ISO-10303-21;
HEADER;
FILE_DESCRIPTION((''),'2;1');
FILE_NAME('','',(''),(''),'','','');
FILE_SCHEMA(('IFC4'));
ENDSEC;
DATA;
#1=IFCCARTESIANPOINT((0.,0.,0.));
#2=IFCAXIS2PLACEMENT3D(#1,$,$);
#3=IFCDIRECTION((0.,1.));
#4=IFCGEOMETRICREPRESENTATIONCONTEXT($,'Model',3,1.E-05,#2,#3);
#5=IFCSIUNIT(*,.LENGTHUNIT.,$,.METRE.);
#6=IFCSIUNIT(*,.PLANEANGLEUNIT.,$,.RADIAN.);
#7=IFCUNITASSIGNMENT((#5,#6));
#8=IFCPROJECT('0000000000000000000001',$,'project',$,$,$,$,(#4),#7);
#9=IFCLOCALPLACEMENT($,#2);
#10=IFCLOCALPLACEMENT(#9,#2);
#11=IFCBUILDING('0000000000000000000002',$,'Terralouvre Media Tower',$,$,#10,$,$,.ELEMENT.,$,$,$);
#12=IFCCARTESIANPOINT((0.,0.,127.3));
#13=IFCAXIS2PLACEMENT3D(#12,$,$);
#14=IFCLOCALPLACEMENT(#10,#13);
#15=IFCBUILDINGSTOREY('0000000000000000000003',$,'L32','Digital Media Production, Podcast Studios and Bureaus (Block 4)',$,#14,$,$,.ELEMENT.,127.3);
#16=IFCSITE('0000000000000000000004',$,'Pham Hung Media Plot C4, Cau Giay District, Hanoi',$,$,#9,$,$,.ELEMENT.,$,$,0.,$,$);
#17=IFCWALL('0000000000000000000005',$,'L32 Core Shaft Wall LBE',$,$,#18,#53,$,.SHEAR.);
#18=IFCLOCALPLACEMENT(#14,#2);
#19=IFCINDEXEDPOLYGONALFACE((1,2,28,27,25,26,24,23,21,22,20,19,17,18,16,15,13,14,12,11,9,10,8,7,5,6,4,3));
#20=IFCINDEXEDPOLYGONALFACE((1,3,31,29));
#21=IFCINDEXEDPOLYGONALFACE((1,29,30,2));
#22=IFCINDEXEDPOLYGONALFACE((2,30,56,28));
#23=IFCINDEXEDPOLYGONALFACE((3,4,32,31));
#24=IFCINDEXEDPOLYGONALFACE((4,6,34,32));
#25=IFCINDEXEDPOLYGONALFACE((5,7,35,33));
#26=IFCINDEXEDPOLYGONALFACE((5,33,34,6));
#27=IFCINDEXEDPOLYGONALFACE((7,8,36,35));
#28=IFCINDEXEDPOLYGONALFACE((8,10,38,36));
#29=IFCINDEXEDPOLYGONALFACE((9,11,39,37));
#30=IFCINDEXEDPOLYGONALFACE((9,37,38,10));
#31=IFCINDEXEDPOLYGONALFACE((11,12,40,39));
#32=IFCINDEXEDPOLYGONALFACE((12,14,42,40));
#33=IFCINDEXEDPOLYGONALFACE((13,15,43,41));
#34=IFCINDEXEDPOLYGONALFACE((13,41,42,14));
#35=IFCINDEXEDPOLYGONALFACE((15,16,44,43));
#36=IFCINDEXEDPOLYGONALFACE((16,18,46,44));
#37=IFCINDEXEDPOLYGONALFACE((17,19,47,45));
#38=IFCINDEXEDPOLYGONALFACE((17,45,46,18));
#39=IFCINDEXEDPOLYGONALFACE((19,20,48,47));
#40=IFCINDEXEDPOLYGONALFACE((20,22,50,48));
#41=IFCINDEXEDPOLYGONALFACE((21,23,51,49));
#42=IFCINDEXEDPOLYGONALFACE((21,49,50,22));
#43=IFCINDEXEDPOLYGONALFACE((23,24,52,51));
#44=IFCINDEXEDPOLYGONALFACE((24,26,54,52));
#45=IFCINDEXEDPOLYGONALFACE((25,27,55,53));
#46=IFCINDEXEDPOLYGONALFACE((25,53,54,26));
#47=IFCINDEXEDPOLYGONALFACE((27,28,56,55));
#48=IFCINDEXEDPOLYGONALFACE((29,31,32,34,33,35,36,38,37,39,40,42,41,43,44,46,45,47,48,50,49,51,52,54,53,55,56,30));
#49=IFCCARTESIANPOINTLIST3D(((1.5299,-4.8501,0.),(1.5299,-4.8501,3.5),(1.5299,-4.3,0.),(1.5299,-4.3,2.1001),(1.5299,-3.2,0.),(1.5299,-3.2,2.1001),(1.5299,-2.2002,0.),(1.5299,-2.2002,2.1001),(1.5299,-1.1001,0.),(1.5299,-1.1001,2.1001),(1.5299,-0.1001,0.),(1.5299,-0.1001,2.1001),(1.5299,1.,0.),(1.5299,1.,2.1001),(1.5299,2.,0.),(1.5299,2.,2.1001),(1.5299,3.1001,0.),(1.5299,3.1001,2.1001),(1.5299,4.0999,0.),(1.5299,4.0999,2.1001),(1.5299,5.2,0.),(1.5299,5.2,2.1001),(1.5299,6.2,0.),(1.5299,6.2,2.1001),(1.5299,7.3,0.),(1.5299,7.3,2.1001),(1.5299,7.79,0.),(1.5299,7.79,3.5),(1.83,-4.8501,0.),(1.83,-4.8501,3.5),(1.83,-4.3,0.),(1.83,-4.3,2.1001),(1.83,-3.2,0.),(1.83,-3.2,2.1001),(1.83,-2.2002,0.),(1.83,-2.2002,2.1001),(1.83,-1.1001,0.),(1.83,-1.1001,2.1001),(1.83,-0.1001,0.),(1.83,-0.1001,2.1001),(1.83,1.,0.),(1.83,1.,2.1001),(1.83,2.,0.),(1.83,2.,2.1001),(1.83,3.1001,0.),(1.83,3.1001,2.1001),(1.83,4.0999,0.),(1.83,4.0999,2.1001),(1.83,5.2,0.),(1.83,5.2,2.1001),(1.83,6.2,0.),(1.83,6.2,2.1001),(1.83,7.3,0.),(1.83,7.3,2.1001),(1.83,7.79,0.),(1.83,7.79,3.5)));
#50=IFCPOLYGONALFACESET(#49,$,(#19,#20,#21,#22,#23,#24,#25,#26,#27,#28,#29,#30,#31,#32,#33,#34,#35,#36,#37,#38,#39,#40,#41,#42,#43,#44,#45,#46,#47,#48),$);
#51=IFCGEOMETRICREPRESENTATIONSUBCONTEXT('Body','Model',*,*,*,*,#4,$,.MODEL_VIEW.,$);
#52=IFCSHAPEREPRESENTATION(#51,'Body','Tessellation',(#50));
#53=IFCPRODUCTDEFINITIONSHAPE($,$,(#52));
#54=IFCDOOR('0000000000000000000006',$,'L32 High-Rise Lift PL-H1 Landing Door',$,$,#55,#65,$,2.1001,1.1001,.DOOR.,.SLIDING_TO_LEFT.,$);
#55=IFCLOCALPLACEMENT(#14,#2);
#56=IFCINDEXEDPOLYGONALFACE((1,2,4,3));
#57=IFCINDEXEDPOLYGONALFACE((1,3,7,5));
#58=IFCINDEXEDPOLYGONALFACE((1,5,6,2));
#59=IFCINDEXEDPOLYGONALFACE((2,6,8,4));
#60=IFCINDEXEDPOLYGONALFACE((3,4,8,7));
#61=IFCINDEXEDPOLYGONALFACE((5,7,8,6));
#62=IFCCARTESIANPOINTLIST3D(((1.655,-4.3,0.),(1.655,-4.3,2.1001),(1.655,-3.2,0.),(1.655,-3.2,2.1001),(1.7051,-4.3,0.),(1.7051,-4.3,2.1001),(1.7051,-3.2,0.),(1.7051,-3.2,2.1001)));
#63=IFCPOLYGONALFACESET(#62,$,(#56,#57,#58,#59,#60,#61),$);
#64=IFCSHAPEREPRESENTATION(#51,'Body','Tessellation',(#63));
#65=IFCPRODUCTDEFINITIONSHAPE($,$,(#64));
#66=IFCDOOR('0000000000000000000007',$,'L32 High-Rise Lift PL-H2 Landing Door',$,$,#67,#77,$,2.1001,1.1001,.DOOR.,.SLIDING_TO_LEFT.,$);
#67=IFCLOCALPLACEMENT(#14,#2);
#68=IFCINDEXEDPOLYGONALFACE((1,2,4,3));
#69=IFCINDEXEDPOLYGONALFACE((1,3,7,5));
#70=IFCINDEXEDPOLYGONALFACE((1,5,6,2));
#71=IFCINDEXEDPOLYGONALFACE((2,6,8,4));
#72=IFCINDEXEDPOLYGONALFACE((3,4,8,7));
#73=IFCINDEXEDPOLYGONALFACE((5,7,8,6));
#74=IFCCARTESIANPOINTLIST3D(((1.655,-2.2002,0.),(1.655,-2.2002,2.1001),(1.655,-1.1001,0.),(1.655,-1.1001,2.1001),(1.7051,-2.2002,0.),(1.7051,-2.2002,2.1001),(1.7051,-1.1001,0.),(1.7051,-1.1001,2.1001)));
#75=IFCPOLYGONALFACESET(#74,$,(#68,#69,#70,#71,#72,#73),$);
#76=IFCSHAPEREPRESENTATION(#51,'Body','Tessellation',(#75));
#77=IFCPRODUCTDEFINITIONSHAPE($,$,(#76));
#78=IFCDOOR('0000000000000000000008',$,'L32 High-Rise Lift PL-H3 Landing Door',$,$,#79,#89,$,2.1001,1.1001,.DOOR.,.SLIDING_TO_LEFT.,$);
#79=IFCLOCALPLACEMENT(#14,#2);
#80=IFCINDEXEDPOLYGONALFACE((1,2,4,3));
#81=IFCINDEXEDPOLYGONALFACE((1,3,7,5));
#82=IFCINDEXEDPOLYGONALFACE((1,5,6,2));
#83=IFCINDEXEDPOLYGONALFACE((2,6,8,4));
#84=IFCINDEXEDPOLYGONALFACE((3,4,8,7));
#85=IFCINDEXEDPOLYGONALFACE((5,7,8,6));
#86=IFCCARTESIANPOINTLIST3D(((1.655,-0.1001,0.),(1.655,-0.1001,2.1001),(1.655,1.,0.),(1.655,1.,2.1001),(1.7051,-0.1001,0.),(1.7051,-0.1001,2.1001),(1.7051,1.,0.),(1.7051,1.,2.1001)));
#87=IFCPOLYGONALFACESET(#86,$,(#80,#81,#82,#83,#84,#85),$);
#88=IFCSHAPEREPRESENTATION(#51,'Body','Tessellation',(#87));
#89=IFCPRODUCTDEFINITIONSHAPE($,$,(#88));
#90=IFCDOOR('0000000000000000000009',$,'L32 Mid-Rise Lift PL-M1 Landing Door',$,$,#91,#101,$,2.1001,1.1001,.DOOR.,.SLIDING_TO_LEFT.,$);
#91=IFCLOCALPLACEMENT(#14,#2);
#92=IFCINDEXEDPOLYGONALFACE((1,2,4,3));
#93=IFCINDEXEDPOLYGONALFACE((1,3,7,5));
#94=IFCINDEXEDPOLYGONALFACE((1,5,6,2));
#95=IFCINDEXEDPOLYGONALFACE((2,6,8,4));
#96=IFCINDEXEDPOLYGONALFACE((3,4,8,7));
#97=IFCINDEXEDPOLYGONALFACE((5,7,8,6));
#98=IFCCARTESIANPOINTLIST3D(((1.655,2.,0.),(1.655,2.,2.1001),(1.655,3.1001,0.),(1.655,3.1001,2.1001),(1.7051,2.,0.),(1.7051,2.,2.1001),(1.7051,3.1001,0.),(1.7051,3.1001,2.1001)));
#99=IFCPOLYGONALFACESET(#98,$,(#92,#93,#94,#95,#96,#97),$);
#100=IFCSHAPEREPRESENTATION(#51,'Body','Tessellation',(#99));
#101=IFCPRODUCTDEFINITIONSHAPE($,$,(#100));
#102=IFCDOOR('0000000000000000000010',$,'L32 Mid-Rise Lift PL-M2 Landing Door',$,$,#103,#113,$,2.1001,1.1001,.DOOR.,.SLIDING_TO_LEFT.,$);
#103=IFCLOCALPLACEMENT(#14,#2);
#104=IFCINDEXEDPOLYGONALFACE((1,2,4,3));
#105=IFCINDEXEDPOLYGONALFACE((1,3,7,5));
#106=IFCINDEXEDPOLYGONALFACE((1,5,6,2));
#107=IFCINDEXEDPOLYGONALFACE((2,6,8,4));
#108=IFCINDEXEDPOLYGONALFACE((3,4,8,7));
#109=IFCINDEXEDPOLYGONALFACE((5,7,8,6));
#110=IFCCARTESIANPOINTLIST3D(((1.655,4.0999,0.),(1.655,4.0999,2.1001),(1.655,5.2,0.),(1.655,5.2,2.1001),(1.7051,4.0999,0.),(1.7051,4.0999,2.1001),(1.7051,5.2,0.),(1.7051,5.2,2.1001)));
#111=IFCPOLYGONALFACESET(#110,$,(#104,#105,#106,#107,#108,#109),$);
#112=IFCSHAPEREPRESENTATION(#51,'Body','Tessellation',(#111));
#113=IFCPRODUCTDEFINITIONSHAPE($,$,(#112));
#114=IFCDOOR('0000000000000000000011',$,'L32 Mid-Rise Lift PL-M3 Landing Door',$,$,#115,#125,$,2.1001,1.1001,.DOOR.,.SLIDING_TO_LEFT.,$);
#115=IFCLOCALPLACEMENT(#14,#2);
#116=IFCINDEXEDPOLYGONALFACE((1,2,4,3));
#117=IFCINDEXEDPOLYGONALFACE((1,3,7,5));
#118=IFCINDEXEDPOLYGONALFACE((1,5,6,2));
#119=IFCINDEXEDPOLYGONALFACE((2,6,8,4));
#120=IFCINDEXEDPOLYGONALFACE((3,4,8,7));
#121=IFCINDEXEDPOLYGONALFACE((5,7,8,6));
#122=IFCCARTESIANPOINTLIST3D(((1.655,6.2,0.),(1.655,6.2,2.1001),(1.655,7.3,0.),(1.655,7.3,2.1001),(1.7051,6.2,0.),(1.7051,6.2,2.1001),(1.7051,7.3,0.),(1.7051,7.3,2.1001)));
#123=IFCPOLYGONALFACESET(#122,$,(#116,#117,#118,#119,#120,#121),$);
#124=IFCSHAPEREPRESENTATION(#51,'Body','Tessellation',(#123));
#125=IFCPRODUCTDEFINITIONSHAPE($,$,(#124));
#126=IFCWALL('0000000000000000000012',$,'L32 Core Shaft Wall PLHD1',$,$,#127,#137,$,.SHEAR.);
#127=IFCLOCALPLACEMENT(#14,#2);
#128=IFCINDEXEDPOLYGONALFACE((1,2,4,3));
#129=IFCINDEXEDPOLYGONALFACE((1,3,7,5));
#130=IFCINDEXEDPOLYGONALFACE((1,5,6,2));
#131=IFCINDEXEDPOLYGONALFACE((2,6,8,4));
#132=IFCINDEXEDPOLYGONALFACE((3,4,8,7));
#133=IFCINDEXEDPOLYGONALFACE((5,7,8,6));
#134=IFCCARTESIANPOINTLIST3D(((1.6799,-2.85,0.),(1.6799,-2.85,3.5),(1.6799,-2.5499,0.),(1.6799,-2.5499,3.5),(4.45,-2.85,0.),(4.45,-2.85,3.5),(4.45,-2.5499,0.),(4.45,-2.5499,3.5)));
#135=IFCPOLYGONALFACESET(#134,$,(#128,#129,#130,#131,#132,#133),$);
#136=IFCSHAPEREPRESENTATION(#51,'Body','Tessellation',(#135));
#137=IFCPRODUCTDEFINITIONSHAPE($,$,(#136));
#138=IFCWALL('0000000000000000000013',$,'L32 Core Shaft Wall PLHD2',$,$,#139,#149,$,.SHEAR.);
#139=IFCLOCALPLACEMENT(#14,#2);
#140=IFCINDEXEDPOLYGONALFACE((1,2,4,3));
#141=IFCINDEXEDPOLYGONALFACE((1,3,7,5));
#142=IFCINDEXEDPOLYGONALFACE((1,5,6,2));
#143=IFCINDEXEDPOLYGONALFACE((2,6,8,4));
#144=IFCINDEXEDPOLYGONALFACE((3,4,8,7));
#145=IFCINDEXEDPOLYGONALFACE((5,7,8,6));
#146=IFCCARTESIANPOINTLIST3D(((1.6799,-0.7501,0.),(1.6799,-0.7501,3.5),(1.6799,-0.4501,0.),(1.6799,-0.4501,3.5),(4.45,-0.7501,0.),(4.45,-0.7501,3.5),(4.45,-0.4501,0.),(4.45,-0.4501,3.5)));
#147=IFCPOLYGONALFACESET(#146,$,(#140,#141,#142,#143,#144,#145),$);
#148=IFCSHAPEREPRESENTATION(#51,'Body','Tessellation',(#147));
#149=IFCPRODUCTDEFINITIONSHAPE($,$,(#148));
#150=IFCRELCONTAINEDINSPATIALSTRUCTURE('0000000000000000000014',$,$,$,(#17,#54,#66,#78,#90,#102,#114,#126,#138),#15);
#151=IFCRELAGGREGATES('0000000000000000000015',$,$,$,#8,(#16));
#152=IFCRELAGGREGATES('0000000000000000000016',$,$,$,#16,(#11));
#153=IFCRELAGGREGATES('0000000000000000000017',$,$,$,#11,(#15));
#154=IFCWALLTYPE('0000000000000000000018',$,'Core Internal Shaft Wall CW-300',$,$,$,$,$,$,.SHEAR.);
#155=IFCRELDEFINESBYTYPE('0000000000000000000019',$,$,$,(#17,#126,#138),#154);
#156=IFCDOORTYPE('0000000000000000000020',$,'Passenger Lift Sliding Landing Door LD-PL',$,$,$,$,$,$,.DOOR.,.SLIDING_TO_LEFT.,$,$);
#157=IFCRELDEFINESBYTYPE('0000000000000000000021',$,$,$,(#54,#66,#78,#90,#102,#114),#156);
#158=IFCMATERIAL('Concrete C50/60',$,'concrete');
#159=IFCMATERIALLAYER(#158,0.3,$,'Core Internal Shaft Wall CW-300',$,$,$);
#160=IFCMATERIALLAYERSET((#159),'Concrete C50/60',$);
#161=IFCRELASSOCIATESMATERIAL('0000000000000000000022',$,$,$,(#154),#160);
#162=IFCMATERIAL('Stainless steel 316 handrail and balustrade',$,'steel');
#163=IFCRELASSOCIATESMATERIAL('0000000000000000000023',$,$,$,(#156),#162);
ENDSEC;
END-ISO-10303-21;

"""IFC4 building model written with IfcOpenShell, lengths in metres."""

from ifc_helpers import new_model, si_unit, direction, frame, frame_2d, origin, place, context, subcontext, project, spatial, rectangle, extrude, material, layer, layer_set, type_object, element, fill, save


model = new_model("IFC4")

# Units and contexts
model_context = context("Model", 3, precision=1e-05, world=origin(), true_north=direction((0.0, 1.0)))
body_context = subcontext(model_context, "Body", "Model", "MODEL_VIEW")
ifc_project = project(units=[si_unit("LENGTHUNIT", "METRE"), si_unit("PLANEANGLEUNIT", "RADIAN")], contexts=[model_context])

# Site, building, storey
site_placement = place(None, origin())
site = spatial("IfcSite", under=ifc_project, at=site_placement, Name="Pham Hung Media Plot C4, Cau Giay District, Hanoi", CompositionType="ELEMENT", RefElevation=0.0)
building_placement = place(site_placement, origin())
building = spatial("IfcBuilding", under=site, at=building_placement, Name="Terralouvre Media Tower", CompositionType="ELEMENT")
storey_placement = place(building_placement, frame((0.0, 0.0, 127.3)))
storey = spatial("IfcBuildingStorey", under=building, at=storey_placement, Name="L32", Description="Digital Media Production, Podcast Studios and Bureaus (Block 4)", CompositionType="ELEMENT", Elevation=127.3)

# Shared definitions
ifc_material_1 = material(Name="Concrete C50/60", Category="concrete")
ifc_layer_1 = layer(ifc_material_1, 0.3, Name="Core Internal Shaft Wall CW-300")
ifc_layer_set_1 = layer_set([ifc_layer_1], Name="Concrete C50/60")
wall_type_1 = type_object("IfcWallType", Name="Core Internal Shaft Wall CW-300", PredefinedType="SHEAR", material=ifc_layer_set_1)

# Wall, openings, doors
wall_1_placement = place(storey_placement, frame((1.6799, -4.8501, 0.0), z_axis=(0.0, 0.0, 1.0), x_axis=(0.0, 1.0, 0.0)))
wall_1 = element("IfcWall", 1, at=wall_1_placement, inside=storey, type_object=wall_type_1, Name="L32 Core Shaft Wall LBE", PredefinedType="SHEAR", context=body_context, shape_type="SweptSolid", body=[
    extrude(rectangle(XDim=12.6401, YDim=0.3, at=frame_2d((6.3201, 0.0))), origin(), (0.0, 0.0, 1.0), 3.5),
])
opening_1_placement = place(wall_1_placement, frame((0.55, 0.0, 0.0)))
opening_1 = element("IfcOpeningElement", 2, at=opening_1_placement, cuts=wall_1, PredefinedType="OPENING", context=body_context, shape_type="SweptSolid", body=[
    extrude(rectangle(XDim=1.1001, YDim=2.1001, at=frame_2d((0.55, 1.05))), frame((0.0, 0.1599, 0.0), z_axis=(0.0, -1.0, 0.0), x_axis=(1.0, 0.0, 0.0)), (0.0, 0.0, 1.0), 0.3201),
])
opening_2_placement = place(wall_1_placement, frame((2.6499, 0.0, 0.0)))
opening_2 = element("IfcOpeningElement", 3, at=opening_2_placement, cuts=wall_1, PredefinedType="OPENING", context=body_context, shape_type="SweptSolid", body=[
    extrude(rectangle(XDim=1.1001, YDim=2.1001, at=frame_2d((0.55, 1.05))), frame((0.0, 0.1599, 0.0), z_axis=(0.0, -1.0, 0.0), x_axis=(1.0, 0.0, 0.0)), (0.0, 0.0, 1.0), 0.3201),
])
opening_3_placement = place(wall_1_placement, frame((4.75, 0.0, 0.0)))
opening_3 = element("IfcOpeningElement", 4, at=opening_3_placement, cuts=wall_1, PredefinedType="OPENING", context=body_context, shape_type="SweptSolid", body=[
    extrude(rectangle(XDim=1.1001, YDim=2.1001, at=frame_2d((0.55, 1.05))), frame((0.0, 0.1599, 0.0), z_axis=(0.0, -1.0, 0.0), x_axis=(1.0, 0.0, 0.0)), (0.0, 0.0, 1.0), 0.3201),
])
opening_4_placement = place(wall_1_placement, frame((6.8501, 0.0, 0.0)))
opening_4 = element("IfcOpeningElement", 5, at=opening_4_placement, cuts=wall_1, PredefinedType="OPENING", context=body_context, shape_type="SweptSolid", body=[
    extrude(rectangle(XDim=1.1001, YDim=2.1001, at=frame_2d((0.55, 1.05))), frame((0.0, 0.1599, 0.0), z_axis=(0.0, -1.0, 0.0), x_axis=(1.0, 0.0, 0.0)), (0.0, 0.0, 1.0), 0.3201),
])
opening_5_placement = place(wall_1_placement, frame((8.95, 0.0, 0.0)))
opening_5 = element("IfcOpeningElement", 6, at=opening_5_placement, cuts=wall_1, PredefinedType="OPENING", context=body_context, shape_type="SweptSolid", body=[
    extrude(rectangle(XDim=1.1001, YDim=2.1001, at=frame_2d((0.55, 1.05))), frame((0.0, 0.1599, 0.0), z_axis=(0.0, -1.0, 0.0), x_axis=(1.0, 0.0, 0.0)), (0.0, 0.0, 1.0), 0.3201),
])
opening_6_placement = place(wall_1_placement, frame((11.05, 0.0, 0.0)))
opening_6 = element("IfcOpeningElement", 7, at=opening_6_placement, cuts=wall_1, PredefinedType="OPENING", context=body_context, shape_type="SweptSolid", body=[
    extrude(rectangle(XDim=1.1001, YDim=2.1001, at=frame_2d((0.55, 1.05))), frame((0.0, 0.1599, 0.0), z_axis=(0.0, -1.0, 0.0), x_axis=(1.0, 0.0, 0.0)), (0.0, 0.0, 1.0), 0.3201),
])
ifc_material_2 = material(Name="Stainless steel 316 handrail and balustrade", Category="steel")
door_type_1 = type_object("IfcDoorType", Name="Passenger Lift Sliding Landing Door LD-PL", OperationType="SLIDING_TO_LEFT", PredefinedType="DOOR", material=ifc_material_2)
door_1_placement = place(opening_1_placement, origin())
door_1 = element("IfcDoor", 8, at=door_1_placement, inside=storey, type_object=door_type_1, Name="L32 High-Rise Lift PL-H1 Landing Door", OperationType="SLIDING_TO_LEFT", OverallHeight=2.1001, OverallWidth=1.1001, PredefinedType="DOOR", context=body_context, shape_type="SweptSolid", body=[
    extrude(rectangle(XDim=1.1001, YDim=2.1001, at=frame_2d((0.55, 1.05))), frame((0.0, 0.0249, 0.0), z_axis=(0.0, -1.0, 0.0), x_axis=(1.0, 0.0, 0.0)), (0.0, 0.0, 1.0), 0.05),
])
fill(opening_1, door_1)
door_2_placement = place(opening_2_placement, origin())
door_2 = element("IfcDoor", 9, at=door_2_placement, inside=storey, type_object=door_type_1, Name="L32 High-Rise Lift PL-H2 Landing Door", OperationType="SLIDING_TO_LEFT", OverallHeight=2.1001, OverallWidth=1.1001, PredefinedType="DOOR", context=body_context, shape_type="SweptSolid", body=[
    extrude(rectangle(XDim=1.1001, YDim=2.1001, at=frame_2d((0.55, 1.05))), frame((0.0, 0.0249, 0.0), z_axis=(0.0, -1.0, 0.0), x_axis=(1.0, 0.0, 0.0)), (0.0, 0.0, 1.0), 0.05),
])
fill(opening_2, door_2)
door_3_placement = place(opening_3_placement, origin())
door_3 = element("IfcDoor", 10, at=door_3_placement, inside=storey, type_object=door_type_1, Name="L32 High-Rise Lift PL-H3 Landing Door", OperationType="SLIDING_TO_LEFT", OverallHeight=2.1001, OverallWidth=1.1001, PredefinedType="DOOR", context=body_context, shape_type="SweptSolid", body=[
    extrude(rectangle(XDim=1.1001, YDim=2.1001, at=frame_2d((0.55, 1.05))), frame((0.0, 0.0249, 0.0), z_axis=(0.0, -1.0, 0.0), x_axis=(1.0, 0.0, 0.0)), (0.0, 0.0, 1.0), 0.05),
])
fill(opening_3, door_3)
door_4_placement = place(opening_4_placement, origin())
door_4 = element("IfcDoor", 11, at=door_4_placement, inside=storey, type_object=door_type_1, Name="L32 Mid-Rise Lift PL-M1 Landing Door", OperationType="SLIDING_TO_LEFT", OverallHeight=2.1001, OverallWidth=1.1001, PredefinedType="DOOR", context=body_context, shape_type="SweptSolid", body=[
    extrude(rectangle(XDim=1.1001, YDim=2.1001, at=frame_2d((0.55, 1.05))), frame((0.0, 0.0249, 0.0), z_axis=(0.0, -1.0, 0.0), x_axis=(1.0, 0.0, 0.0)), (0.0, 0.0, 1.0), 0.05),
])
fill(opening_4, door_4)
door_5_placement = place(opening_5_placement, origin())
door_5 = element("IfcDoor", 12, at=door_5_placement, inside=storey, type_object=door_type_1, Name="L32 Mid-Rise Lift PL-M2 Landing Door", OperationType="SLIDING_TO_LEFT", OverallHeight=2.1001, OverallWidth=1.1001, PredefinedType="DOOR", context=body_context, shape_type="SweptSolid", body=[
    extrude(rectangle(XDim=1.1001, YDim=2.1001, at=frame_2d((0.55, 1.05))), frame((0.0, 0.0249, 0.0), z_axis=(0.0, -1.0, 0.0), x_axis=(1.0, 0.0, 0.0)), (0.0, 0.0, 1.0), 0.05),
])
fill(opening_5, door_5)
door_6_placement = place(opening_6_placement, origin())
door_6 = element("IfcDoor", 13, at=door_6_placement, inside=storey, type_object=door_type_1, Name="L32 Mid-Rise Lift PL-M3 Landing Door", OperationType="SLIDING_TO_LEFT", OverallHeight=2.1001, OverallWidth=1.1001, PredefinedType="DOOR", context=body_context, shape_type="SweptSolid", body=[
    extrude(rectangle(XDim=1.1001, YDim=2.1001, at=frame_2d((0.55, 1.05))), frame((0.0, 0.0249, 0.0), z_axis=(0.0, -1.0, 0.0), x_axis=(1.0, 0.0, 0.0)), (0.0, 0.0, 1.0), 0.05),
])
fill(opening_6, door_6)

# Walls
for number, where, z_axis, x_axis, name in (
    (14, (1.6799, -2.7, 0.0), (0.0, 0.0, 1.0), (1.0, 0.0, 0.0), "L32 Core Shaft Wall PLHD1"),
    (15, (1.6799, -0.6001, 0.0), (0.0, 0.0, 1.0), (1.0, 0.0, 0.0), "L32 Core Shaft Wall PLHD2"),
):
    element("IfcWall", number, at=place(storey_placement, frame(where, z_axis=z_axis, x_axis=x_axis)), inside=storey, type_object=wall_type_1, Name=name, PredefinedType="SHEAR", context=body_context, shape_type="SweptSolid", body=[
        extrude(rectangle(XDim=2.77, YDim=0.3, at=frame_2d((1.385, 0.0))), origin(), (0.0, 0.0, 1.0), 3.5),
    ])

save(model, "model.ifc")
